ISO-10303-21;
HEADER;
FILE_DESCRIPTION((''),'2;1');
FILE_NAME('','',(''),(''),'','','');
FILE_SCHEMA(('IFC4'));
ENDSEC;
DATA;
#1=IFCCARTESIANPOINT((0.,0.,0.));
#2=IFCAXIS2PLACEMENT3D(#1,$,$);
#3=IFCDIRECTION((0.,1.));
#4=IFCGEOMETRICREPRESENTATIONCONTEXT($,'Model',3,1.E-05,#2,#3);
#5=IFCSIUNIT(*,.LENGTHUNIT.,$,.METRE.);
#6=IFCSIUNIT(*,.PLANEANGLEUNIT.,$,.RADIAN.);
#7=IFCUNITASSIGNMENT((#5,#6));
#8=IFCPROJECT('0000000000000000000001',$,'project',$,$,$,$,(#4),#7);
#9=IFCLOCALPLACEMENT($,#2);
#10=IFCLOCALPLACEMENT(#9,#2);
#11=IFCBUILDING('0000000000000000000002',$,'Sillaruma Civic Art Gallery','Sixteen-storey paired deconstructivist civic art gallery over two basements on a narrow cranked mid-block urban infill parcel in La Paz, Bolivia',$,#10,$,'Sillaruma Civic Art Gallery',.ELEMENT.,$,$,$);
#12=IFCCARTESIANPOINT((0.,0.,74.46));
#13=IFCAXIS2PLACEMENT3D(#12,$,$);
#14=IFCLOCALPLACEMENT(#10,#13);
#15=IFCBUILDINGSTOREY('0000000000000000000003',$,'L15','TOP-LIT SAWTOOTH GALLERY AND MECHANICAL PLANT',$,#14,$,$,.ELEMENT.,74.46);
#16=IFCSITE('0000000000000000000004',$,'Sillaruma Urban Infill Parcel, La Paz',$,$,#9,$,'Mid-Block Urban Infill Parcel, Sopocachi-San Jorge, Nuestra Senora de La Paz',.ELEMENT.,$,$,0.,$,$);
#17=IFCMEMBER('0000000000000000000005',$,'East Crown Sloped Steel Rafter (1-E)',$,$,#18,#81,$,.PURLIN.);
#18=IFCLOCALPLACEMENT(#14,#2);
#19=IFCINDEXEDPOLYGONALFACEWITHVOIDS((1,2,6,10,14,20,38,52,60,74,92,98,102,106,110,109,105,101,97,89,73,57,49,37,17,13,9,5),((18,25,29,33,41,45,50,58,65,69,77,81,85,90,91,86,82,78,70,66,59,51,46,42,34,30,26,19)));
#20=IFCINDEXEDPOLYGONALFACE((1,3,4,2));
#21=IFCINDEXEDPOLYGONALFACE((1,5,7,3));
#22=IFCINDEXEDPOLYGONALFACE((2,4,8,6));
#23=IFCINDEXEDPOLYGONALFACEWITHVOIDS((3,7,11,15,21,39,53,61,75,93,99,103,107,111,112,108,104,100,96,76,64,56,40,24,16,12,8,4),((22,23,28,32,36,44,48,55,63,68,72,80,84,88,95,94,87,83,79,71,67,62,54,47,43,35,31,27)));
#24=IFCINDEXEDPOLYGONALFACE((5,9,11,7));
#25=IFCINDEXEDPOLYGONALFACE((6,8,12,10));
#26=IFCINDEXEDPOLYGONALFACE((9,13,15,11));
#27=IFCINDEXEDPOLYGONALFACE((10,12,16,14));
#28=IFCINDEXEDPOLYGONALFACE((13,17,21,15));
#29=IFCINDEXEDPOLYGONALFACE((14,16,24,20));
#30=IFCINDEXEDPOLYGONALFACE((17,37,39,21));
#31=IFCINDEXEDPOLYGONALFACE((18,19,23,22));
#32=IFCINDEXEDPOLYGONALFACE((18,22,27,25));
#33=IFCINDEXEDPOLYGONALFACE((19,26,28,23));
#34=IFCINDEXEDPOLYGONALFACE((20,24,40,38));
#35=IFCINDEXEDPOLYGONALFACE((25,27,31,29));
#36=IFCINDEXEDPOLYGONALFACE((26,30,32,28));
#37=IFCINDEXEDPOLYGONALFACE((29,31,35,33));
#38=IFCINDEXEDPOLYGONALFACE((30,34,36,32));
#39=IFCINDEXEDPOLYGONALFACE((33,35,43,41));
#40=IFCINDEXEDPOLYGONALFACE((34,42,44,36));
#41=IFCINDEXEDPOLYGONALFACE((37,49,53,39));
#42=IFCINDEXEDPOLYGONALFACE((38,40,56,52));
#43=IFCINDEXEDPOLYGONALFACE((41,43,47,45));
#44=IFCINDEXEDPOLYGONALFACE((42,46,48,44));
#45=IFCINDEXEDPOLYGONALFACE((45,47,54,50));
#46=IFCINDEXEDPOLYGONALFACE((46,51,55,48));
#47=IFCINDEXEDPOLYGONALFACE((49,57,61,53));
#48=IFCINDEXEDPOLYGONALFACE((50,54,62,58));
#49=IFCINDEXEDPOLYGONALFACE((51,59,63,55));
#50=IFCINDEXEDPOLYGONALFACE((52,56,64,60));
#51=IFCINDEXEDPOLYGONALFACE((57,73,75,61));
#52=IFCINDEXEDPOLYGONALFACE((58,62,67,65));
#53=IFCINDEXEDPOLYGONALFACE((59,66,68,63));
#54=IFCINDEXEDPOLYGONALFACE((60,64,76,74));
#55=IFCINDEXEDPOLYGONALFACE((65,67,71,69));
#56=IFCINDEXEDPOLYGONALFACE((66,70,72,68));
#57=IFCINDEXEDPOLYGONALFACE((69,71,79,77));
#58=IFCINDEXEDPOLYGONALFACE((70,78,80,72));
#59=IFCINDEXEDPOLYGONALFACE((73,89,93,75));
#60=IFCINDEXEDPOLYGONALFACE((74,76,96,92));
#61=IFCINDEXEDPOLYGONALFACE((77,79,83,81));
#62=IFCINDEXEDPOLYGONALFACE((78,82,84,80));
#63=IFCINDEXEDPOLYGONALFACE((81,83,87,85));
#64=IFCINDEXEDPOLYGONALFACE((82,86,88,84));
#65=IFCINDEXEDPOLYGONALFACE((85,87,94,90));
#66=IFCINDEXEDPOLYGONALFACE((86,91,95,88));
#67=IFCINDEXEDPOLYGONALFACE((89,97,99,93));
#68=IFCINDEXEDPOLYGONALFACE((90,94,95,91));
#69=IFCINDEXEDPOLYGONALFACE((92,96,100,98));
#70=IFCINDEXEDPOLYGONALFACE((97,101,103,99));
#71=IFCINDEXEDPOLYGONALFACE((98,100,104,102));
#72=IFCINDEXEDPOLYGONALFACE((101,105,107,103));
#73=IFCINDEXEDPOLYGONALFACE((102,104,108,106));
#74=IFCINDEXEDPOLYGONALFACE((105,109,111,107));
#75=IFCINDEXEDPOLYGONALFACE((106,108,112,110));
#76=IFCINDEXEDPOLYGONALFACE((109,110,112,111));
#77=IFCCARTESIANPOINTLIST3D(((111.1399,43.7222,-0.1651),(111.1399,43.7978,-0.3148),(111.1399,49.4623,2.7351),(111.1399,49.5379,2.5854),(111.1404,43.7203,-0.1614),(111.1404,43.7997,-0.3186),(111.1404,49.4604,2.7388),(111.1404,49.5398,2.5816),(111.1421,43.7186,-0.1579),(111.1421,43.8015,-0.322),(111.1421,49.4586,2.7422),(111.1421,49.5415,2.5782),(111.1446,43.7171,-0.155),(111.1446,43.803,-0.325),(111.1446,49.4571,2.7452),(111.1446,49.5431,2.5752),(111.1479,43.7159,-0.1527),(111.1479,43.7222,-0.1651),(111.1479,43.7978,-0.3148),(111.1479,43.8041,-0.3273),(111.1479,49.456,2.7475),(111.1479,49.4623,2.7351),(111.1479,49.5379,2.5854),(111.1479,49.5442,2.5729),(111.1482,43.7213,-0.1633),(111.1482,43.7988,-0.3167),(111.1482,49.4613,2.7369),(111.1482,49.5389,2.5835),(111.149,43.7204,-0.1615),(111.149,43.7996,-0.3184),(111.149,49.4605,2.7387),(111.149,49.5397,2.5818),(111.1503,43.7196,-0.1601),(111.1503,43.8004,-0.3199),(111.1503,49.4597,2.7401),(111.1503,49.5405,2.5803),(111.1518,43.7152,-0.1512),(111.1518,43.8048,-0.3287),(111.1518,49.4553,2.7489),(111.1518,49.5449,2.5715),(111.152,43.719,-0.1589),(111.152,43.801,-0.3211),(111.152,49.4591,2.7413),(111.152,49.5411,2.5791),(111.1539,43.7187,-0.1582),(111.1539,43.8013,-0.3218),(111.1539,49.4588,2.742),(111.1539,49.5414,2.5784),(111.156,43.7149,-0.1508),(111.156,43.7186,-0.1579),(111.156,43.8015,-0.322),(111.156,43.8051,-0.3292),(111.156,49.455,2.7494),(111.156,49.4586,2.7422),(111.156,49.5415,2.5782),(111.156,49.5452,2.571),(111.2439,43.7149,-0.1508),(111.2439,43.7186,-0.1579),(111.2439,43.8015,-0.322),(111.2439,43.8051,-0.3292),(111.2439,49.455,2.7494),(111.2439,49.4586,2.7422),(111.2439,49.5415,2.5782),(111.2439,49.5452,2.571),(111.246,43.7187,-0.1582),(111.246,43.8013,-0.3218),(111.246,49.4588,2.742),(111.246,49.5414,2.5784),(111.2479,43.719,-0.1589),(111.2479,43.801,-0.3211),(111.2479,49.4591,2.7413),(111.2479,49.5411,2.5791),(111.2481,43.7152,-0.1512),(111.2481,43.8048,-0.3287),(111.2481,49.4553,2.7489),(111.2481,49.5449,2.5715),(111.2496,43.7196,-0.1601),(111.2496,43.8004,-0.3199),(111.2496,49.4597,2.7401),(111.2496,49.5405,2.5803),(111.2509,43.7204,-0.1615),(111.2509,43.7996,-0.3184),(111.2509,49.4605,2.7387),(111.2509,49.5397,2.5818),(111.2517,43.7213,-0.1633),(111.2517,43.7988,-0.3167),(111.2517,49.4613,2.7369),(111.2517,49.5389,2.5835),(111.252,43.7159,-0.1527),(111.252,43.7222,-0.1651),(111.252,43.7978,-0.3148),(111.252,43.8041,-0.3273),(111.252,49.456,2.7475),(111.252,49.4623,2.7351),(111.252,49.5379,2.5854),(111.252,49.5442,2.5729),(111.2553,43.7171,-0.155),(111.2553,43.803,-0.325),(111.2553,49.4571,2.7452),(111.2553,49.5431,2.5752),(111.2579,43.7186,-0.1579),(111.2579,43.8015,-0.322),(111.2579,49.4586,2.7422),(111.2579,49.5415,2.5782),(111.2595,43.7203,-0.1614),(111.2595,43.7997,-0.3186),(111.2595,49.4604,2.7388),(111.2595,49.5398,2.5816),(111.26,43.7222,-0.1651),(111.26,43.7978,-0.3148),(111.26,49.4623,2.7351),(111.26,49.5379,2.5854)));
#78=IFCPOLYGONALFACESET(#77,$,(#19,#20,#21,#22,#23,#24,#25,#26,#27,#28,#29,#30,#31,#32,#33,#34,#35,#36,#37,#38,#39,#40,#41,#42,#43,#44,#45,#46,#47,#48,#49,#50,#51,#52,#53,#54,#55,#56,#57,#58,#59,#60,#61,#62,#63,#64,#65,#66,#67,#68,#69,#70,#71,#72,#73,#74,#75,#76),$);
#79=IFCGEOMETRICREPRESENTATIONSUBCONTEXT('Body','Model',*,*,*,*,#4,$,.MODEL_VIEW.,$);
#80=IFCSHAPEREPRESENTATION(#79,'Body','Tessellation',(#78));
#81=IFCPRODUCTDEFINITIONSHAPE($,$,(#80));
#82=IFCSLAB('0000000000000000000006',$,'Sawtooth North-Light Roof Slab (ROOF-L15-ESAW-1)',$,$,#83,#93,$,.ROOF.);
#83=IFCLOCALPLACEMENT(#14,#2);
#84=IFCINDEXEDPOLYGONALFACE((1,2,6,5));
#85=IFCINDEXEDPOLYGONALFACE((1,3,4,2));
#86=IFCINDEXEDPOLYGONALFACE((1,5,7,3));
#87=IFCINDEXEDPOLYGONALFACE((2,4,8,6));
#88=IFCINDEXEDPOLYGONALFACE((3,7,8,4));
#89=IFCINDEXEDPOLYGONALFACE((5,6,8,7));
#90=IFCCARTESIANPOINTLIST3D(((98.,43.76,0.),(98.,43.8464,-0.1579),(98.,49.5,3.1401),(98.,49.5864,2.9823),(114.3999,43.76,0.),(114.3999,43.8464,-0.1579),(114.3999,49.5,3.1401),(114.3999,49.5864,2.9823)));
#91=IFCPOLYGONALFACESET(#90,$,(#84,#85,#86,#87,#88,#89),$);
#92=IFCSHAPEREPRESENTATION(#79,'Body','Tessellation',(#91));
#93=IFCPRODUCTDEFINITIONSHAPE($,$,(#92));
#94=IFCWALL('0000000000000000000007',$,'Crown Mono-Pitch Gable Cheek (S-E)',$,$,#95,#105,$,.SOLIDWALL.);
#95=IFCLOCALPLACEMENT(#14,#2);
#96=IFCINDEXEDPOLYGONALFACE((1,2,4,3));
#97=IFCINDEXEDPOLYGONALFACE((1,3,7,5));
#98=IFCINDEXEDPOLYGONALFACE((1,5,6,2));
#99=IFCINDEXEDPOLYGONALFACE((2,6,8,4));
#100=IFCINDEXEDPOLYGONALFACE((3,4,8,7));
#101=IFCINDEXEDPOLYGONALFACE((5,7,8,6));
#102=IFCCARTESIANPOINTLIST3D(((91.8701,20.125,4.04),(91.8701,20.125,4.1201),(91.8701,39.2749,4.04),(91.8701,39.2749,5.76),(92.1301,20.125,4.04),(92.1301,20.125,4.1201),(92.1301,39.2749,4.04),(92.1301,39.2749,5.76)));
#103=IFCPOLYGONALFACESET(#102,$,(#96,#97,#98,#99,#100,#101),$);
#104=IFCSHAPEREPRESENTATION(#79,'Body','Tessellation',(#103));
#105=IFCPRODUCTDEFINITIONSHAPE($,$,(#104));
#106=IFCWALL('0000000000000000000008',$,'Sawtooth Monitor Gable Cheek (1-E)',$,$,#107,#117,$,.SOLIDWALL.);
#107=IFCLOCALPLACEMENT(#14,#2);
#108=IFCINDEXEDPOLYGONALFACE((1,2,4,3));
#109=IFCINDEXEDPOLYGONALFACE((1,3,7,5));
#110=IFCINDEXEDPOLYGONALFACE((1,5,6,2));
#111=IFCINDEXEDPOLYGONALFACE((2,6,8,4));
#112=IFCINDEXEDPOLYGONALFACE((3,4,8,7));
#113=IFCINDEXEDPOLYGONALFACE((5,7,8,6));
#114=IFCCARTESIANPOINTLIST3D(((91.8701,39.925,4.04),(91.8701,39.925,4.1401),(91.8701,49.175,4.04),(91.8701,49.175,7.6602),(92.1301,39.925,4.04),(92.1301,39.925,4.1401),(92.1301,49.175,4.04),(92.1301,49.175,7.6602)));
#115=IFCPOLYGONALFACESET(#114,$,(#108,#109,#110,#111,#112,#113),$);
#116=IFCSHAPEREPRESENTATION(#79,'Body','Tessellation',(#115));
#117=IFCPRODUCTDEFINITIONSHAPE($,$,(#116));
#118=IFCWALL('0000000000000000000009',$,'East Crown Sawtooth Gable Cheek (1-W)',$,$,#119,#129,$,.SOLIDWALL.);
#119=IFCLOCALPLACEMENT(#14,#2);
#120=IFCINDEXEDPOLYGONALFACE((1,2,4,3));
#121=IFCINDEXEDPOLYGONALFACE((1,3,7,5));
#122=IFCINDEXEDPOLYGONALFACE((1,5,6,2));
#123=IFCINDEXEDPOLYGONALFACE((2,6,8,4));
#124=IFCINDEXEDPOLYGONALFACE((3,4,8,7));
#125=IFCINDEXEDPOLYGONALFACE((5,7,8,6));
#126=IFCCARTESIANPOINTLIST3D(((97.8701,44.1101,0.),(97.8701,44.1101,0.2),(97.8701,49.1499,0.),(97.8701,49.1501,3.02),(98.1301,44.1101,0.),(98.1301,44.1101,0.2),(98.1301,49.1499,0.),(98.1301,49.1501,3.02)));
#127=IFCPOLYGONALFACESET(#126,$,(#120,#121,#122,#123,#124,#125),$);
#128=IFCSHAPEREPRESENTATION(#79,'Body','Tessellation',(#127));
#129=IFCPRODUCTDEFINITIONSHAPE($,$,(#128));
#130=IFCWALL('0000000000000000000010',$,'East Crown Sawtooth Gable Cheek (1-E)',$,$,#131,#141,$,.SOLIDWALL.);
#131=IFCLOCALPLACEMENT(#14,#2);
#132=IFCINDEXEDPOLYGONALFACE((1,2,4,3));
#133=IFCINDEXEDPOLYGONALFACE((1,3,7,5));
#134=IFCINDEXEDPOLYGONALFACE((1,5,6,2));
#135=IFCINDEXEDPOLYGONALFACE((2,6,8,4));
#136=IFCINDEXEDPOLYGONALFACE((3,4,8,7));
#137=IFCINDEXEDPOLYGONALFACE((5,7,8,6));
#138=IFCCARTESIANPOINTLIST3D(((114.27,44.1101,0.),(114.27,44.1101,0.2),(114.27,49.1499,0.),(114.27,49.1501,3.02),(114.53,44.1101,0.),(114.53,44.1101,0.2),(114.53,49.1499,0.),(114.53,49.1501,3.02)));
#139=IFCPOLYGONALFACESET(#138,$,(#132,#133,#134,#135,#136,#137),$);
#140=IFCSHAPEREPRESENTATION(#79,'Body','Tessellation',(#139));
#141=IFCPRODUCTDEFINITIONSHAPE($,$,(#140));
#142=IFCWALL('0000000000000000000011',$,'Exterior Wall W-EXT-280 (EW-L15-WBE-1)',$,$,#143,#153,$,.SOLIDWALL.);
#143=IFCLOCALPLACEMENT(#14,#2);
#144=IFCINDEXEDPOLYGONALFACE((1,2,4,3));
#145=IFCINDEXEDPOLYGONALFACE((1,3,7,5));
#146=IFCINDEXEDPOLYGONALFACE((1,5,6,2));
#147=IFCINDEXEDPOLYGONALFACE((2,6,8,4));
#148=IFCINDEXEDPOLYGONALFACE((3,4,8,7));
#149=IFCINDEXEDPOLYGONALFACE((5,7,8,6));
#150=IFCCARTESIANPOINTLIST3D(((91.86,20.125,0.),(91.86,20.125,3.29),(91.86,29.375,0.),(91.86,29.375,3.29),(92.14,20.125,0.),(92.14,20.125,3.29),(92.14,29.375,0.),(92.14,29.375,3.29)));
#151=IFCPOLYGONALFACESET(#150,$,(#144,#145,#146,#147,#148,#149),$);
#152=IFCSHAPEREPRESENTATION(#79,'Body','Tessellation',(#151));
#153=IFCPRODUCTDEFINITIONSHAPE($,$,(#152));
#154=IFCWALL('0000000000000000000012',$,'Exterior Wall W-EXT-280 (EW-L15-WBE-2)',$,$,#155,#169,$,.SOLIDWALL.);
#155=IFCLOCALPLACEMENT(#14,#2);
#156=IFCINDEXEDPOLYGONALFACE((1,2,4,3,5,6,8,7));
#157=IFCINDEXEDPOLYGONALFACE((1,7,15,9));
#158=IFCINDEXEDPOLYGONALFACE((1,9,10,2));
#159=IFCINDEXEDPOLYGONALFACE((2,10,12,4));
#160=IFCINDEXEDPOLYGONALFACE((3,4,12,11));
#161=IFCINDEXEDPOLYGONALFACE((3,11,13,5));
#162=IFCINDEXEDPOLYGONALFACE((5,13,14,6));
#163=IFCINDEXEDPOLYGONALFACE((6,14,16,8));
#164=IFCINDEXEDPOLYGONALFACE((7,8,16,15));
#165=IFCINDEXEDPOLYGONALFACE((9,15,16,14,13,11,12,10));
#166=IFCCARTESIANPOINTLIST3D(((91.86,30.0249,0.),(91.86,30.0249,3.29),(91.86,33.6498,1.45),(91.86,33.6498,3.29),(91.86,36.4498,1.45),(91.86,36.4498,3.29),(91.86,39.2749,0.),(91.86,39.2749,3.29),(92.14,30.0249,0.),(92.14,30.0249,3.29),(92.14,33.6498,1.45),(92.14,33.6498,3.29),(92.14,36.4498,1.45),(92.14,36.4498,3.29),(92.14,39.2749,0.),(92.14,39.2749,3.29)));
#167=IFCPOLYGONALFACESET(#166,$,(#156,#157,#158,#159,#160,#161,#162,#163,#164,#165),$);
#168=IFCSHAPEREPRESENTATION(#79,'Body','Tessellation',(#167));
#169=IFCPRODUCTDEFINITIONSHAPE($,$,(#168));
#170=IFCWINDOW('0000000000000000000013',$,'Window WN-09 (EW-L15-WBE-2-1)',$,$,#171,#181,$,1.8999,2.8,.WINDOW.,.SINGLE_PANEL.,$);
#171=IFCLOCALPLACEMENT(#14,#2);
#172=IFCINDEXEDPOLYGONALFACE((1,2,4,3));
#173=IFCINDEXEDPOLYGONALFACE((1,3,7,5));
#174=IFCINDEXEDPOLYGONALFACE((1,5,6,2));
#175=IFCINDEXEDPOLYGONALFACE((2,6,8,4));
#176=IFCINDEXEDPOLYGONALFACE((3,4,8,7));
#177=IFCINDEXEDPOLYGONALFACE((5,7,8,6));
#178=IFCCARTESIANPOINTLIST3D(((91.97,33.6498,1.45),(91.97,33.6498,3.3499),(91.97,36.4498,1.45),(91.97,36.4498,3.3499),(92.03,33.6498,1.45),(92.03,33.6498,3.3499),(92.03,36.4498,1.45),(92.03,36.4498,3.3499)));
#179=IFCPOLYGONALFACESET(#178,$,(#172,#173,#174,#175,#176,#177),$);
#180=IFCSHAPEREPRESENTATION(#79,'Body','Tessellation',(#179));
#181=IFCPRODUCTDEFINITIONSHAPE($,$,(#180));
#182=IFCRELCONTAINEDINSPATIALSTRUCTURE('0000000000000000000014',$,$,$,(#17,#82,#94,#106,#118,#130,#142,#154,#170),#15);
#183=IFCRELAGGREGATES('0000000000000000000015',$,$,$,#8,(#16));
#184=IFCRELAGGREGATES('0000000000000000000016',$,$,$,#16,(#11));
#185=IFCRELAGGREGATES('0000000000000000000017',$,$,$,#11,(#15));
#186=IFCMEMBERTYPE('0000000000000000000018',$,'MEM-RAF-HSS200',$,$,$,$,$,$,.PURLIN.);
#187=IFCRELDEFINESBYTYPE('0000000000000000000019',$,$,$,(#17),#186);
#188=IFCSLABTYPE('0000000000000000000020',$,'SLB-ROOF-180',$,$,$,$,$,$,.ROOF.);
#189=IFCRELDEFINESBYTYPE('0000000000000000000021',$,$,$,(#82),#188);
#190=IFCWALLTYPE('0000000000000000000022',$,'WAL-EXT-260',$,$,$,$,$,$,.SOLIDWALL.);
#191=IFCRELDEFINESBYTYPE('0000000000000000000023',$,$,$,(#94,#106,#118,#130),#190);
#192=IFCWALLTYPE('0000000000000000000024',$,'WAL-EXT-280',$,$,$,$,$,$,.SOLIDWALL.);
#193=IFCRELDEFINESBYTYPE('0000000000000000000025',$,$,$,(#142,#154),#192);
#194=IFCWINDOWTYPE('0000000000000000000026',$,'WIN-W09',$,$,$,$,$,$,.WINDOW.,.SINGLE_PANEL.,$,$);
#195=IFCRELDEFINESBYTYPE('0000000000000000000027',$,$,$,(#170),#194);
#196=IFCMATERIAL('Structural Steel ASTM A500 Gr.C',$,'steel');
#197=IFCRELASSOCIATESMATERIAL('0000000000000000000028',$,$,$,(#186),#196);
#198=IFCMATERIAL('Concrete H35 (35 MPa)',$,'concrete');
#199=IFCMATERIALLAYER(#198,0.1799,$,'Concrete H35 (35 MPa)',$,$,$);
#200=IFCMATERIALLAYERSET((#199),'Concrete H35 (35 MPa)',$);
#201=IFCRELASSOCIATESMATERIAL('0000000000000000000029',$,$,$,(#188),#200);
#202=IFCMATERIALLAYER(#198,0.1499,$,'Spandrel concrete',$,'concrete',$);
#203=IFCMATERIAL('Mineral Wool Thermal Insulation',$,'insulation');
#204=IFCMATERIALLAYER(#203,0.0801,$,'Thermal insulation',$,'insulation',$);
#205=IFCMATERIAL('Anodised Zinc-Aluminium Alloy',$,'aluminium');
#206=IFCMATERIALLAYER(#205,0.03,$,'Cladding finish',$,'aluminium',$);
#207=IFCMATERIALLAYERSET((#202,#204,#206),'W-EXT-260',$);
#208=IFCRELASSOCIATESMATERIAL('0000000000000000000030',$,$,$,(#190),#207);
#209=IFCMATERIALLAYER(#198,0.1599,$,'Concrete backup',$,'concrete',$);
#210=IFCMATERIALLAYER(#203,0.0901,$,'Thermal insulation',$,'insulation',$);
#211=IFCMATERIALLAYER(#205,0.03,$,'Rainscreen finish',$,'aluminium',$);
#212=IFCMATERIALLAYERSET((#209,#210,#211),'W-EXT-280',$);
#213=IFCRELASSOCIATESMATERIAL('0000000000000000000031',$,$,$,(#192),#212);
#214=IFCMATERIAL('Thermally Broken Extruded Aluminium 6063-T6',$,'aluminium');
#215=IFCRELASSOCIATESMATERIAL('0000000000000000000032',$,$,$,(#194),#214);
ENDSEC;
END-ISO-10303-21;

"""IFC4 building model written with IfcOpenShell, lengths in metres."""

from ifc_helpers import new_model, si_unit, direction, frame, frame_2d, origin, origin_2d, place, context, subcontext, project, spatial, polyline, rectangle, hollow_rectangle, outline, extrude, material, layer, layer_set, material_profile, profile_set, type_object, element, fill, save


model = new_model("IFC4")

# Units and contexts
model_context = context("Model", 3, precision=1e-05, world=origin(), true_north=direction((0.0, 1.0)))
body_context = subcontext(model_context, "Body", "Model", "MODEL_VIEW")
ifc_project = project(units=[si_unit("LENGTHUNIT", "METRE"), si_unit("PLANEANGLEUNIT", "RADIAN")], contexts=[model_context])

# Site, building, storey
site_placement = place(None, origin())
site = spatial("IfcSite", under=ifc_project, at=site_placement, Name="Sillaruma Urban Infill Parcel, La Paz", LongName="Mid-Block Urban Infill Parcel, Sopocachi-San Jorge, Nuestra Senora de La Paz", CompositionType="ELEMENT", RefElevation=0.0)
building_placement = place(site_placement, origin())
building = spatial("IfcBuilding", under=site, at=building_placement, Name="Sillaruma Civic Art Gallery", Description="Sixteen-storey paired deconstructivist civic art gallery over two basements on a narrow cranked mid-block urban infill parcel in La Paz, Bolivia", LongName="Sillaruma Civic Art Gallery", CompositionType="ELEMENT")
storey_placement = place(building_placement, frame((0.0, 0.0, 74.46)))
storey = spatial("IfcBuildingStorey", under=building, at=storey_placement, Name="L15", Description="TOP-LIT SAWTOOTH GALLERY AND MECHANICAL PLANT", CompositionType="ELEMENT", Elevation=74.46)

# Shared definitions
ifc_material_1 = material(Name="Concrete H35 (35 MPa)", Category="concrete")

# Member
ifc_material_2 = material(Name="Structural Steel ASTM A500 Gr.C", Category="steel")
ifc_material_profile_1 = material_profile(ifc_material_2, hollow_rectangle(XDim=0.1201, YDim=0.2, WallThickness=0.0081, InnerFilletRadius=0.0081, OuterFilletRadius=0.0161, at=origin_2d()), Name="HSS200x120x8")
ifc_profile_set_1 = profile_set([ifc_material_profile_1], Name="Structural Steel ASTM A500 Gr.C")
member_type_1 = type_object("IfcMemberType", Name="MEM-RAF-HSS200", PredefinedType="PURLIN", material=ifc_profile_set_1)
for number, where, z_axis, x_axis, name in (
    (1, (111.2, 43.76, -0.24), (0.0, 0.892544, 0.45096), (-1.0, 0.0, 0.0), "East Crown Sloped Steel Rafter (1-E)"),
):
    element("IfcMember", number, at=place(storey_placement, frame(where, z_axis=z_axis, x_axis=x_axis)), inside=storey, type_object=member_type_1, Name=name, PredefinedType="PURLIN", context=body_context, shape_type="SweptSolid", body=[
        extrude(hollow_rectangle(XDim=0.1201, YDim=0.2, WallThickness=0.0081, InnerFilletRadius=0.0081, OuterFilletRadius=0.0161, at=origin_2d()), origin(), (0.0, 0.0, 1.0), 6.4312),
    ])

# Slab
ifc_layer_1 = layer(ifc_material_1, 0.1799, Name="Concrete H35 (35 MPa)")
ifc_layer_set_1 = layer_set([ifc_layer_1], Name="Concrete H35 (35 MPa)")
slab_type = type_object("IfcSlabType", Name="SLB-ROOF-180", PredefinedType="ROOF", material=ifc_layer_set_1)
slab_placement = place(storey_placement, frame((98.0, 43.76, 0.0), z_axis=(0.0, -0.479939, 0.877302), x_axis=(1.0, 0.0, 0.0)))
element("IfcSlab", 2, at=slab_placement, inside=storey, type_object=slab_type, Name="Sawtooth North-Light Roof Slab (ROOF-L15-ESAW-1)", PredefinedType="ROOF", context=body_context, shape_type="SweptSolid", body=[
    extrude(outline(polyline([(0.0, 0.0), (16.3999, 0.0), (16.3999, 6.5428), (0.0, 6.5428), (0.0, 0.0)])), origin(), (0.0, 0.0, -1.0), 0.1799),
])

# Walls
ifc_layer_2 = layer(ifc_material_1, 0.1499, Name="Spandrel concrete", Category="concrete")
ifc_material_3 = material(Name="Mineral Wool Thermal Insulation", Category="insulation")
ifc_layer_3 = layer(ifc_material_3, 0.0801, Name="Thermal insulation", Category="insulation")
ifc_material_4 = material(Name="Anodised Zinc-Aluminium Alloy", Category="aluminium")
ifc_layer_4 = layer(ifc_material_4, 0.03, Name="Cladding finish", Category="aluminium")
ifc_layer_set_2 = layer_set([ifc_layer_2, ifc_layer_3, ifc_layer_4], Name="W-EXT-260")
wall_type_1 = type_object("IfcWallType", Name="WAL-EXT-260", PredefinedType="SOLIDWALL", material=ifc_layer_set_2)
wall_1_placement = place(storey_placement, frame((92.0, 20.125, 4.04), z_axis=(0.0, 0.0, 1.0), x_axis=(0.0, 1.0, 0.0)))
element("IfcWall", 3, at=wall_1_placement, inside=storey, type_object=wall_type_1, Name="Crown Mono-Pitch Gable Cheek (S-E)", PredefinedType="SOLIDWALL", context=body_context, shape_type="SweptSolid", body=[
    extrude(outline(polyline([(0.0, 0.0), (19.1499, 0.0), (19.1499, 1.72), (0.0, 0.0801), (0.0, 0.0)])), frame((0.0, 0.1299, 0.0), z_axis=(0.0, -1.0, 0.0), x_axis=(1.0, 0.0, 0.0)), (0.0, 0.0, 1.0), 0.26),
])
wall_2_placement = place(storey_placement, frame((92.0, 39.925, 4.04), z_axis=(0.0, 0.0, 1.0), x_axis=(0.0, 1.0, 0.0)))
element("IfcWall", 4, at=wall_2_placement, inside=storey, type_object=wall_type_1, Name="Sawtooth Monitor Gable Cheek (1-E)", PredefinedType="SOLIDWALL", context=body_context, shape_type="SweptSolid", body=[
    extrude(outline(polyline([(0.0, 0.0), (9.25, 0.0), (9.25, 3.6201), (0.0, 0.1001), (0.0, 0.0)])), frame((0.0, 0.1299, 0.0), z_axis=(0.0, -1.0, 0.0), x_axis=(1.0, 0.0, 0.0)), (0.0, 0.0, 1.0), 0.26),
])
for number, where, z_axis, x_axis, name in (
    (5, (98.0, 44.1101, 0.0), (0.0, 0.0, 1.0), (0.0, 1.0, 0.0), "East Crown Sawtooth Gable Cheek (1-W)"),
    (6, (114.3999, 44.1101, 0.0), (0.0, 0.0, 1.0), (0.0, 1.0, 0.0), "East Crown Sawtooth Gable Cheek (1-E)"),
):
    element("IfcWall", number, at=place(storey_placement, frame(where, z_axis=z_axis, x_axis=x_axis)), inside=storey, type_object=wall_type_1, Name=name, PredefinedType="SOLIDWALL", context=body_context, shape_type="SweptSolid", body=[
        extrude(outline(polyline([(0.0, 0.0), (5.0398, 0.0), (5.04, 3.02), (0.0, 0.2), (0.0, 0.0)])), frame((0.0, 0.1299, 0.0), z_axis=(0.0, -1.0, 0.0), x_axis=(1.0, 0.0, 0.0)), (0.0, 0.0, 1.0), 0.26),
    ])
ifc_layer_5 = layer(ifc_material_1, 0.1599, Name="Concrete backup", Category="concrete")
ifc_layer_6 = layer(ifc_material_3, 0.0901, Name="Thermal insulation", Category="insulation")
ifc_layer_7 = layer(ifc_material_4, 0.03, Name="Rainscreen finish", Category="aluminium")
ifc_layer_set_3 = layer_set([ifc_layer_5, ifc_layer_6, ifc_layer_7], Name="W-EXT-280")
wall_type_2 = type_object("IfcWallType", Name="WAL-EXT-280", PredefinedType="SOLIDWALL", material=ifc_layer_set_3)
wall_3_placement = place(storey_placement, frame((92.0, 20.125, 0.0), z_axis=(0.0, 0.0, 1.0), x_axis=(0.0, 1.0, 0.0)))
element("IfcWall", 7, at=wall_3_placement, inside=storey, type_object=wall_type_2, Name="Exterior Wall W-EXT-280 (EW-L15-WBE-1)", PredefinedType="SOLIDWALL", context=body_context, shape_type="SweptSolid", body=[
    extrude(rectangle(XDim=9.25, YDim=0.28, at=frame_2d((4.625, 0.0))), origin(), (0.0, 0.0, 1.0), 3.29),
])

# Wall, opening, window
wall_4_placement = place(storey_placement, frame((92.0, 30.0249, 0.0), z_axis=(0.0, 0.0, 1.0), x_axis=(0.0, 1.0, 0.0)))
wall_4 = element("IfcWall", 8, at=wall_4_placement, inside=storey, type_object=wall_type_2, Name="Exterior Wall W-EXT-280 (EW-L15-WBE-2)", PredefinedType="SOLIDWALL", context=body_context, shape_type="SweptSolid", body=[
    extrude(rectangle(XDim=9.25, YDim=0.28, at=frame_2d((4.625, 0.0))), origin(), (0.0, 0.0, 1.0), 3.29),
])
opening_1_placement = place(wall_4_placement, frame((3.625, 0.0, 1.45)))
opening_1 = element("IfcOpeningElement", 9, at=opening_1_placement, cuts=wall_4, PredefinedType="OPENING", context=body_context, shape_type="SweptSolid", body=[
    extrude(rectangle(XDim=2.8, YDim=1.8999, at=frame_2d((1.3999, 0.95))), frame((0.0, 0.1499, 0.0), z_axis=(0.0, -1.0, 0.0), x_axis=(1.0, 0.0, 0.0)), (0.0, 0.0, 1.0), 0.3),
])
ifc_material_5 = material(Name="Thermally Broken Extruded Aluminium 6063-T6", Category="aluminium")
window_type_1 = type_object("IfcWindowType", Name="WIN-W09", PartitioningType="SINGLE_PANEL", PredefinedType="WINDOW", material=ifc_material_5)
window_1_placement = place(opening_1_placement, origin())
window_1 = element("IfcWindow", 10, at=window_1_placement, inside=storey, type_object=window_type_1, Name="Window WN-09 (EW-L15-WBE-2-1)", OverallHeight=1.8999, OverallWidth=2.8, PartitioningType="SINGLE_PANEL", PredefinedType="WINDOW", context=body_context, shape_type="SweptSolid", body=[
    extrude(rectangle(XDim=2.8, YDim=1.8999, at=frame_2d((1.3999, 0.95))), frame((0.0, 0.03, 0.0), z_axis=(0.0, -1.0, 0.0), x_axis=(1.0, 0.0, 0.0)), (0.0, 0.0, 1.0), 0.0601),
])
fill(opening_1, window_1)

save(model, "model.ifc")
